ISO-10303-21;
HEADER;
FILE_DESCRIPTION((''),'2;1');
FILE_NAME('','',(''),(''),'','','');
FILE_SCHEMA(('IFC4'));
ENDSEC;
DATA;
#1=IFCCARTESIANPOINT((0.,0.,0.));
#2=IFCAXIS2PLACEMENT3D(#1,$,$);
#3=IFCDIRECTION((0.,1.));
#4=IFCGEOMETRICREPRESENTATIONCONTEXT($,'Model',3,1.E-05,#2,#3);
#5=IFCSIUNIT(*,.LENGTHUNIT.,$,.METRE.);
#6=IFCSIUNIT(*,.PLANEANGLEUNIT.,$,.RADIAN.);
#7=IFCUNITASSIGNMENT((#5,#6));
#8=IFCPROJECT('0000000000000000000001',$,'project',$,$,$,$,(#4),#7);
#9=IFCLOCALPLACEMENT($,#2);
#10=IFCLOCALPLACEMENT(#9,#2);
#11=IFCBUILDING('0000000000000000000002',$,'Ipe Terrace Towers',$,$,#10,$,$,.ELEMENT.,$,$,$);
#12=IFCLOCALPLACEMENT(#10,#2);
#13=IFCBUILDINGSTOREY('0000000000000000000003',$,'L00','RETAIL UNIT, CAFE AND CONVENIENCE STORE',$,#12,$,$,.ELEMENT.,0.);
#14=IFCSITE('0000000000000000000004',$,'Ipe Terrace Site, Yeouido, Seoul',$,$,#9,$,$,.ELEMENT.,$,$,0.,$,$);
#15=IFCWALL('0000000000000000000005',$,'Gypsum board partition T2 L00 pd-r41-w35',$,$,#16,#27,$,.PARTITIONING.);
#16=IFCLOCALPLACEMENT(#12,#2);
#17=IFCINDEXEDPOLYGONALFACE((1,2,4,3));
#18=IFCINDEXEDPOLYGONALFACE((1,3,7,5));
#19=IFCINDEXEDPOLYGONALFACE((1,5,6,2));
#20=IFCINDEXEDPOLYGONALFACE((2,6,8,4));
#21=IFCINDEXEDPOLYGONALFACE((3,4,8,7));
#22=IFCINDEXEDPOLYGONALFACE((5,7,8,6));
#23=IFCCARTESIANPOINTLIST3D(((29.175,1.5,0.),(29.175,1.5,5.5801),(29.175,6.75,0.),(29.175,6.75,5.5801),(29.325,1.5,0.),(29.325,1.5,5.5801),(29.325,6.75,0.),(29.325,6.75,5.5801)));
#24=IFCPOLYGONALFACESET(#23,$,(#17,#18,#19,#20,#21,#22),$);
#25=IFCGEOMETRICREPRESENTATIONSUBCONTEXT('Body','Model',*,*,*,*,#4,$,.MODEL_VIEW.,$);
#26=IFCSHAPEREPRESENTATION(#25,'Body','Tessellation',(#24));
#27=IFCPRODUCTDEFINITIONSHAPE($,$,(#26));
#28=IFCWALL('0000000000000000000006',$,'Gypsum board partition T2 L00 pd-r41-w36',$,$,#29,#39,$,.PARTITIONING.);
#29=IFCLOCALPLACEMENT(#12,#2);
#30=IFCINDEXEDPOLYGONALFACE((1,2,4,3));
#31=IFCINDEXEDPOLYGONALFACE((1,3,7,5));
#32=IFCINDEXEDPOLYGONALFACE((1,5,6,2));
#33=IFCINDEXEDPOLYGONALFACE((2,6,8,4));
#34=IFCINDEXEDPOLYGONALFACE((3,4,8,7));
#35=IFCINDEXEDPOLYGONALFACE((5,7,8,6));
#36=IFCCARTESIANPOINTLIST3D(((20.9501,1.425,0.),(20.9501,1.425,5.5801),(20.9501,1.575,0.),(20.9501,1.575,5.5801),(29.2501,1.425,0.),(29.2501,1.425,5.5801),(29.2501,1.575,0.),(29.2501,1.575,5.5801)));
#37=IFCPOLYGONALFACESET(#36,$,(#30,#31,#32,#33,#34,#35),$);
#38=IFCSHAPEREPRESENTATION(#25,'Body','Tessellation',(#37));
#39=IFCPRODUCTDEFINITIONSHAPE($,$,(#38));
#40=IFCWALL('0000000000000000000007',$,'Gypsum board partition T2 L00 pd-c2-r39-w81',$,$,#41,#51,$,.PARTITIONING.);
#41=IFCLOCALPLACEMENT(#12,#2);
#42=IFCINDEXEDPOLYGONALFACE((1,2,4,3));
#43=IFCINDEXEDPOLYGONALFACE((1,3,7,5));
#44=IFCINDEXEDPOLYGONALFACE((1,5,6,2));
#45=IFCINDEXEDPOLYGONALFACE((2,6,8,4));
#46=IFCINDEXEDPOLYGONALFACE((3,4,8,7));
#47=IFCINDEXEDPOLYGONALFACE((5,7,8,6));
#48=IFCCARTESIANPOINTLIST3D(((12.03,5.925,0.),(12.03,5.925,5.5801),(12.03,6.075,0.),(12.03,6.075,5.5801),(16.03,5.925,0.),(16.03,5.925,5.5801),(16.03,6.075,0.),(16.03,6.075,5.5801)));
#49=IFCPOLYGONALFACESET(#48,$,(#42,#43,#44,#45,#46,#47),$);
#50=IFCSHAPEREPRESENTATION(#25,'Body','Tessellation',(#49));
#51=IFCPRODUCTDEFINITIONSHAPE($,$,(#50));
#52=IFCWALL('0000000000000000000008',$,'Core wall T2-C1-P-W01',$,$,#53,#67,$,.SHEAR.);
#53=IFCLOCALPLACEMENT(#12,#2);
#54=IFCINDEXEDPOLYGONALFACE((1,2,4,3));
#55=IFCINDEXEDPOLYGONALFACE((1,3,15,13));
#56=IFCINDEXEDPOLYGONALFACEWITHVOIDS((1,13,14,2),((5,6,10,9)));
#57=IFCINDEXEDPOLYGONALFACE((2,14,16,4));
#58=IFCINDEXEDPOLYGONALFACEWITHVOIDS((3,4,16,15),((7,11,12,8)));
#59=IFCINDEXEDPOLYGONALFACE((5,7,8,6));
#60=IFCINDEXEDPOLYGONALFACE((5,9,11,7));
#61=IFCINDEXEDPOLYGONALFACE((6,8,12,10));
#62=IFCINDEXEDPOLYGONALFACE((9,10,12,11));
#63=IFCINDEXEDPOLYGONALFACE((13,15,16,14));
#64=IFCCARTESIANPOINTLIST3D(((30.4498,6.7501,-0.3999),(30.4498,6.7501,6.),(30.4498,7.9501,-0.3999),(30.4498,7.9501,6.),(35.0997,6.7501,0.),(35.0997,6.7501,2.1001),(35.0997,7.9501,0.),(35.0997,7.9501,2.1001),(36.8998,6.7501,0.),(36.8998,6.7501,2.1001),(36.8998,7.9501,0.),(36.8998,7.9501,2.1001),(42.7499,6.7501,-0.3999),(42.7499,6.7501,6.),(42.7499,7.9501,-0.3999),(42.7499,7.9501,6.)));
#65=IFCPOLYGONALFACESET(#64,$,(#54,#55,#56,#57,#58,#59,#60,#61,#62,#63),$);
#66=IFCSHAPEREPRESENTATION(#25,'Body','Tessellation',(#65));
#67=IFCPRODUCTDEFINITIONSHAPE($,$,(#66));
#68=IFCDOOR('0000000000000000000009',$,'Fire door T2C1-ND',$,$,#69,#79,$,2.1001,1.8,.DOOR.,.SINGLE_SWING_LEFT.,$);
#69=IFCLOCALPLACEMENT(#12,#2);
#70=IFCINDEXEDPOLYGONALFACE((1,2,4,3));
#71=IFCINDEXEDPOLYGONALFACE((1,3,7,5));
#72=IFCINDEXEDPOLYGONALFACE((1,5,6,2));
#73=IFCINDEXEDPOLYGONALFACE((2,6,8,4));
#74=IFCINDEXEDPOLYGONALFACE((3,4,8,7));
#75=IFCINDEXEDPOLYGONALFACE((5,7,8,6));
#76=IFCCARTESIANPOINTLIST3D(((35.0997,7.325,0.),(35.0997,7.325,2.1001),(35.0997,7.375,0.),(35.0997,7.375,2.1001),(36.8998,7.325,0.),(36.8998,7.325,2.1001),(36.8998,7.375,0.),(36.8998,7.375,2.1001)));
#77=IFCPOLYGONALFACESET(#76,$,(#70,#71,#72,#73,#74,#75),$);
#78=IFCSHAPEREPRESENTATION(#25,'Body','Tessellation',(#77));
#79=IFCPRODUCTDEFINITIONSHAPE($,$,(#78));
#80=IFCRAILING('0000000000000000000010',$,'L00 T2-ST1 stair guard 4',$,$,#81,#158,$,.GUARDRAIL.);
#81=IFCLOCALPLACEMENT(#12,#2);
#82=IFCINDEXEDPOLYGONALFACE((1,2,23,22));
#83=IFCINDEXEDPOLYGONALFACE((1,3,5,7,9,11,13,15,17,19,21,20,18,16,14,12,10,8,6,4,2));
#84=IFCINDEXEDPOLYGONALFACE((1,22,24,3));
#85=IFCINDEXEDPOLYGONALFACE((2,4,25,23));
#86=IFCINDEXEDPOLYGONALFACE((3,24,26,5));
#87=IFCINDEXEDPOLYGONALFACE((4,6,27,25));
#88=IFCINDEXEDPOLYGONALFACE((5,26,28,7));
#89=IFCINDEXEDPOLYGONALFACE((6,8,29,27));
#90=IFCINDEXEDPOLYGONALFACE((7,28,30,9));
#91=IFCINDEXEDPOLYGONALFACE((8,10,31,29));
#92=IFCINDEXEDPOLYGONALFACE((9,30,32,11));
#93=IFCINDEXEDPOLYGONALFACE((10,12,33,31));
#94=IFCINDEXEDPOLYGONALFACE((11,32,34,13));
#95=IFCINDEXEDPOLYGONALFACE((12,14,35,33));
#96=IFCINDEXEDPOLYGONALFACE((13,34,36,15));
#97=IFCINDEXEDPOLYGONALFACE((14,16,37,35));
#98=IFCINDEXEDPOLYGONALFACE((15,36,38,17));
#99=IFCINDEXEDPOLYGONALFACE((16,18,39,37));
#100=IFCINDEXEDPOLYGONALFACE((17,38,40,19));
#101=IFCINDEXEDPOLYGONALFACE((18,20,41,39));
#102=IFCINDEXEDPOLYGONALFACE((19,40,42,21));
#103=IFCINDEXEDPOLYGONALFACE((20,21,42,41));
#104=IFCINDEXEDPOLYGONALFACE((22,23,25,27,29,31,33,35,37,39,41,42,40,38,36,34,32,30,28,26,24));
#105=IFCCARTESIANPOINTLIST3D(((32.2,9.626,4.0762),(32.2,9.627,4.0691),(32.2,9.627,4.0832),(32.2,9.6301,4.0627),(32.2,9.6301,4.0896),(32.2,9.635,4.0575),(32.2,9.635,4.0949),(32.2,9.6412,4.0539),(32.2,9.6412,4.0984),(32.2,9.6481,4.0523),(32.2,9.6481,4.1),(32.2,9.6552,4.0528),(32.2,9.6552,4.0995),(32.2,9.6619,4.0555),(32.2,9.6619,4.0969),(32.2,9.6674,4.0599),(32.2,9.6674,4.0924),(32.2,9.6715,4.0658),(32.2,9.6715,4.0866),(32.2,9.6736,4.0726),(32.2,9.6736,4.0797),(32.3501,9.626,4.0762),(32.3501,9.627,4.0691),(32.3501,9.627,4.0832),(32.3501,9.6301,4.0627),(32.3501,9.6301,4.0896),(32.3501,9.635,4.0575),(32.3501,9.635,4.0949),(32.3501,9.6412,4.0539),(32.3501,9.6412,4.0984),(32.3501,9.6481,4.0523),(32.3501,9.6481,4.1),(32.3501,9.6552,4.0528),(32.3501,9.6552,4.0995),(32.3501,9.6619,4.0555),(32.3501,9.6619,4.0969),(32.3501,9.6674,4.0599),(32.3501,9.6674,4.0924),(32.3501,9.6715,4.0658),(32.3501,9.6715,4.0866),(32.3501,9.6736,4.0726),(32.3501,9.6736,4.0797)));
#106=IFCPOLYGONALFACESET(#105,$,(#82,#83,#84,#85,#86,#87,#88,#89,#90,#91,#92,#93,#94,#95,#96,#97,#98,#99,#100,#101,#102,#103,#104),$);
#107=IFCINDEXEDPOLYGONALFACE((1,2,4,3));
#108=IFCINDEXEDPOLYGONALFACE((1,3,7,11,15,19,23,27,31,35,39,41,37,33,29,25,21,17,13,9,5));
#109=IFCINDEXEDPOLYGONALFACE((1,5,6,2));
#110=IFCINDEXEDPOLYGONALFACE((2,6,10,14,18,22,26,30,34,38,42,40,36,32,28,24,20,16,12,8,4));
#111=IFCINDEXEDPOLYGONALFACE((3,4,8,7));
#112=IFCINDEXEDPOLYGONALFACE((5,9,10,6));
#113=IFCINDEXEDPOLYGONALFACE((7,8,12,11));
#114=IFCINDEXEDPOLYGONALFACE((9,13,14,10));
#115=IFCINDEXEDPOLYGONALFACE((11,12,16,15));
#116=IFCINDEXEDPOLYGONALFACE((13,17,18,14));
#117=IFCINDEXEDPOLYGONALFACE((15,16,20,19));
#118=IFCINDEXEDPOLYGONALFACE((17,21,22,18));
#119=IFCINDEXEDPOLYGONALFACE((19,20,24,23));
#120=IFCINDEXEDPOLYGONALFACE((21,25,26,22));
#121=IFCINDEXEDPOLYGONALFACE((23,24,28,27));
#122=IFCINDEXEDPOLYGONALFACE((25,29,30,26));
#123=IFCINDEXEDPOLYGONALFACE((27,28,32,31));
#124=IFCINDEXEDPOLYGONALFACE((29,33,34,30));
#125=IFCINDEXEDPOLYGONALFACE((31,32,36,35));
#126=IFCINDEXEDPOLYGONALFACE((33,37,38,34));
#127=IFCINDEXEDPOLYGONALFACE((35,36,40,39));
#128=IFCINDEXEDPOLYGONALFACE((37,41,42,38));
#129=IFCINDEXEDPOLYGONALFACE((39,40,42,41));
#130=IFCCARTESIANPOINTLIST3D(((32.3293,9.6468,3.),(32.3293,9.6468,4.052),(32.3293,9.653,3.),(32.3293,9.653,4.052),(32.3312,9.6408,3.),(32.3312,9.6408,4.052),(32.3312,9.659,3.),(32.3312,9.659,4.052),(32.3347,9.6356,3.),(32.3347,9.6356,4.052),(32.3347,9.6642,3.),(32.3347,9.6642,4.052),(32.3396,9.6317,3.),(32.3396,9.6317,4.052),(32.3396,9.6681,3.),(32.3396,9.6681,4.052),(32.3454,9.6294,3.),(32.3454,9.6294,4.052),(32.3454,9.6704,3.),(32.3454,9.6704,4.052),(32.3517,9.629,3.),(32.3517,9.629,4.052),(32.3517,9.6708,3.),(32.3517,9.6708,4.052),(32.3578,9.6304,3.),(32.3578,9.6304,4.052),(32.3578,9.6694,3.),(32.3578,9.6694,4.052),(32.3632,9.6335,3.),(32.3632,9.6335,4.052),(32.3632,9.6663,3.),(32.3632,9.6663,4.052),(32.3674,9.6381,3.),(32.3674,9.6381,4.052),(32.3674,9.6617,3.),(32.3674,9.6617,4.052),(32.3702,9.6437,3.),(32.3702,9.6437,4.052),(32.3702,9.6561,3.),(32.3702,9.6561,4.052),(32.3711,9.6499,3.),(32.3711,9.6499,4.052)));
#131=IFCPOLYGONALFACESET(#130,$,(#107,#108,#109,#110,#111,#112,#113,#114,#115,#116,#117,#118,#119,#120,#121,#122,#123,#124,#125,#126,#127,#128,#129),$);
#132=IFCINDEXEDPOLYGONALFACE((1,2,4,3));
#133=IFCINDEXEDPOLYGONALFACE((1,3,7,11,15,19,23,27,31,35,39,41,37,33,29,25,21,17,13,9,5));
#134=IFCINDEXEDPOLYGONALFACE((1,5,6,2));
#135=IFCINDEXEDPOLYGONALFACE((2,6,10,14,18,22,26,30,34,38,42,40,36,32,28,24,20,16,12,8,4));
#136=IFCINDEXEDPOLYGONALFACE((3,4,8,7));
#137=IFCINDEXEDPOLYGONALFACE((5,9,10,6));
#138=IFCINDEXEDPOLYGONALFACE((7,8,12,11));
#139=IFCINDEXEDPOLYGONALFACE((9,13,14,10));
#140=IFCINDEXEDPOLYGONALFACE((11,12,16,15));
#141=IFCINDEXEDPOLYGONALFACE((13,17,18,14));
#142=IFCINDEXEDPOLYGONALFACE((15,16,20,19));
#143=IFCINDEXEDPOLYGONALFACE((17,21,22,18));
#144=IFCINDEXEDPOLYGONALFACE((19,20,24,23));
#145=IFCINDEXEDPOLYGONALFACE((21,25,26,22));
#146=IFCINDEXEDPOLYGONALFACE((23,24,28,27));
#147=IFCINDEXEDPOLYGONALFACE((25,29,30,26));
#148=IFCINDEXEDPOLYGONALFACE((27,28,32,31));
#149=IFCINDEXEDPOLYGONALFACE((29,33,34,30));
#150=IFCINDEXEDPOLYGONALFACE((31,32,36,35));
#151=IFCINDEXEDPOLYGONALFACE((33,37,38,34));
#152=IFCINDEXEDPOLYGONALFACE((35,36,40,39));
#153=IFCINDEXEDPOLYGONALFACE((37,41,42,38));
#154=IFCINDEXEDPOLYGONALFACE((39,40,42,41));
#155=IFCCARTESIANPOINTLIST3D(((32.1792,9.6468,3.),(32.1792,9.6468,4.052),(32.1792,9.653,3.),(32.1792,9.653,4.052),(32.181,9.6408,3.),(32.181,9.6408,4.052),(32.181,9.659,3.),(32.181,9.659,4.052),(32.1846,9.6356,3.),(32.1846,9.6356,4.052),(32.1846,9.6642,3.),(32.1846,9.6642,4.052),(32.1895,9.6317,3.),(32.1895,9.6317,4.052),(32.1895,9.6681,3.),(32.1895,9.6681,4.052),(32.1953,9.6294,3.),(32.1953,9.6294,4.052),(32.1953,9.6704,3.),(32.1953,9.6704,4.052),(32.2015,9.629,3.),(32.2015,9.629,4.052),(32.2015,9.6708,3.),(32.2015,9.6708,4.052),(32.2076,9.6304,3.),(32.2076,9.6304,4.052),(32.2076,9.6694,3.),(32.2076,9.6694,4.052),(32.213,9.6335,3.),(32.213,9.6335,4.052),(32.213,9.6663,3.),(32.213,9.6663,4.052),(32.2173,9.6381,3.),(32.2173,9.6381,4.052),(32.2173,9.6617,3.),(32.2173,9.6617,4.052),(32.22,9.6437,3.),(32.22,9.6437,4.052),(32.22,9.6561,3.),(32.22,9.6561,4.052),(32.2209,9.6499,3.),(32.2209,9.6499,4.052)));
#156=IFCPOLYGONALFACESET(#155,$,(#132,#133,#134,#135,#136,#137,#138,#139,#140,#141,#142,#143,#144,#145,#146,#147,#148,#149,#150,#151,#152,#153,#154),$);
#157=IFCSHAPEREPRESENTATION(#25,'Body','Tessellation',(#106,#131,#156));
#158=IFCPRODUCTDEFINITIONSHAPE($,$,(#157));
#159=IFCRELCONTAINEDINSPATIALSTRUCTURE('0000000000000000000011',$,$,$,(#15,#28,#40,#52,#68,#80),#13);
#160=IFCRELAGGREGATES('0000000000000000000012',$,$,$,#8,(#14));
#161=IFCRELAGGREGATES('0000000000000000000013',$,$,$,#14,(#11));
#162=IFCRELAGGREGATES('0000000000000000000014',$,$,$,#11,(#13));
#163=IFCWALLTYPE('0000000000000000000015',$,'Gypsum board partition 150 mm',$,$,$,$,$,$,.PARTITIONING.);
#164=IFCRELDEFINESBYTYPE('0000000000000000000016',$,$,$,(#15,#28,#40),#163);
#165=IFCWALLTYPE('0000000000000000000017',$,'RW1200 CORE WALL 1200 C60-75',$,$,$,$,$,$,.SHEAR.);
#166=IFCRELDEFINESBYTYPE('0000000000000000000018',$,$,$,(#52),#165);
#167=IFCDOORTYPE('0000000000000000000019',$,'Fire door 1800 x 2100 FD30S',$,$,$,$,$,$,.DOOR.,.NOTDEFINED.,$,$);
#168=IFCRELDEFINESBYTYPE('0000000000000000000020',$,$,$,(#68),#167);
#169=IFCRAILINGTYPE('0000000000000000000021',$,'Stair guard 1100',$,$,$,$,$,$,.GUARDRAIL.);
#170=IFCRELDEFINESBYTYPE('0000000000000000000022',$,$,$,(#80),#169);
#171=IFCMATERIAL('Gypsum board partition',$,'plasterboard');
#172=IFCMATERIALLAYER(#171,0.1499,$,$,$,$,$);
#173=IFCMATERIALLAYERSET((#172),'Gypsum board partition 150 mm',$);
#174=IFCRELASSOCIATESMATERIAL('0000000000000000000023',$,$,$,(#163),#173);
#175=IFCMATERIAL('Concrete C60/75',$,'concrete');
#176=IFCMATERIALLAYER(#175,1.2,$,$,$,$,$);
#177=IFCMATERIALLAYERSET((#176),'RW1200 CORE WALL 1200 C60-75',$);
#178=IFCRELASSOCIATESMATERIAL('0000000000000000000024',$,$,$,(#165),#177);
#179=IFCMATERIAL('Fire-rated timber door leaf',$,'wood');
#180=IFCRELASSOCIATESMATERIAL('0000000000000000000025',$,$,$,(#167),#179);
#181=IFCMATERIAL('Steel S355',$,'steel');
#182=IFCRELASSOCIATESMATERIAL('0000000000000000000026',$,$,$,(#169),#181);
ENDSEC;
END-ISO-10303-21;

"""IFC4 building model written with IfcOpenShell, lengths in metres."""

from ifc_helpers import new_model, si_unit, direction, frame, frame_2d, origin, origin_2d, place, context, subcontext, project, spatial, rectangle, circle, extrude, material, layer, layer_set, type_object, element, fill, save


model = new_model("IFC4")

# Units and contexts
model_context = context("Model", 3, precision=1e-05, world=origin(), true_north=direction((0.0, 1.0)))
body_context = subcontext(model_context, "Body", "Model", "MODEL_VIEW")
ifc_project = project(units=[si_unit("LENGTHUNIT", "METRE"), si_unit("PLANEANGLEUNIT", "RADIAN")], contexts=[model_context])

# Site, building, storey
site_placement = place(None, origin())
site = spatial("IfcSite", under=ifc_project, at=site_placement, Name="Ipe Terrace Site, Yeouido, Seoul", CompositionType="ELEMENT", RefElevation=0.0)
building_placement = place(site_placement, origin())
building = spatial("IfcBuilding", under=site, at=building_placement, Name="Ipe Terrace Towers", CompositionType="ELEMENT")
storey_placement = place(building_placement, origin())
storey = spatial("IfcBuildingStorey", under=building, at=storey_placement, Name="L00", Description="RETAIL UNIT, CAFE AND CONVENIENCE STORE", CompositionType="ELEMENT", Elevation=0.0)

# Walls
ifc_material_1 = material(Name="Gypsum board partition", Category="plasterboard")
ifc_layer_1 = layer(ifc_material_1, 0.1499)
ifc_layer_set_1 = layer_set([ifc_layer_1], Name="Gypsum board partition 150 mm")
wall_type_1 = type_object("IfcWallType", Name="Gypsum board partition 150 mm", PredefinedType="PARTITIONING", material=ifc_layer_set_1)
wall_1_placement = place(storey_placement, frame((29.25, 6.75, 0.0), z_axis=(0.0, 0.0, 1.0), x_axis=(0.0, -1.0, 0.0)))
element("IfcWall", 1, at=wall_1_placement, inside=storey, type_object=wall_type_1, Name="Gypsum board partition T2 L00 pd-r41-w35", PredefinedType="PARTITIONING", context=body_context, shape_type="SweptSolid", body=[
    extrude(rectangle(XDim=5.25, YDim=0.1499, at=frame_2d((2.625, 0.0))), origin(), (0.0, 0.0, 1.0), 5.5801),
])
wall_2_placement = place(storey_placement, frame((29.25, 1.5, 0.0), z_axis=(0.0, 0.0, 1.0), x_axis=(-1.0, 0.0, 0.0)))
element("IfcWall", 2, at=wall_2_placement, inside=storey, type_object=wall_type_1, Name="Gypsum board partition T2 L00 pd-r41-w36", PredefinedType="PARTITIONING", context=body_context, shape_type="SweptSolid", body=[
    extrude(rectangle(XDim=8.3, YDim=0.1499, at=frame_2d((4.1499, 0.0))), origin(), (0.0, 0.0, 1.0), 5.5801),
])
wall_3_placement = place(storey_placement, frame((16.03, 6.0, 0.0), z_axis=(0.0, 0.0, 1.0), x_axis=(-1.0, 0.0, 0.0)))
element("IfcWall", 3, at=wall_3_placement, inside=storey, type_object=wall_type_1, Name="Gypsum board partition T2 L00 pd-c2-r39-w81", PredefinedType="PARTITIONING", context=body_context, shape_type="SweptSolid", body=[
    extrude(rectangle(XDim=4.0, YDim=0.1499, at=frame_2d((2.0, 0.0))), origin(), (0.0, 0.0, 1.0), 5.5801),
])

# Wall, opening, door
ifc_material_2 = material(Name="Concrete C60/75", Category="concrete")
ifc_layer_2 = layer(ifc_material_2, 1.2)
ifc_layer_set_2 = layer_set([ifc_layer_2], Name="RW1200 CORE WALL 1200 C60-75")
wall_type_2 = type_object("IfcWallType", Name="RW1200 CORE WALL 1200 C60-75", PredefinedType="SHEAR", material=ifc_layer_set_2)
wall_4_placement = place(storey_placement, frame((30.45, 7.3501, -0.3999), z_axis=(0.0, 0.0, 1.0), x_axis=(1.0, 0.0, 0.0)))
wall_4 = element("IfcWall", 4, at=wall_4_placement, inside=storey, type_object=wall_type_2, Name="Core wall T2-C1-P-W01", PredefinedType="SHEAR", context=body_context, shape_type="SweptSolid", body=[
    extrude(rectangle(XDim=12.3, YDim=1.2, at=frame_2d((6.1499, 0.0))), origin(), (0.0, 0.0, 1.0), 6.3999),
])
opening_placement = place(wall_4_placement, frame((4.6499, 0.0, 0.3999)))
opening = element("IfcOpeningElement", 5, at=opening_placement, cuts=wall_4, PredefinedType="OPENING", context=body_context, shape_type="SweptSolid", body=[
    extrude(rectangle(XDim=1.8, YDim=2.1001, at=frame_2d((0.8999, 1.05))), frame((0.0, 0.6099, 0.0), z_axis=(0.0, -1.0, 0.0), x_axis=(1.0, 0.0, 0.0)), (0.0, 0.0, 1.0), 1.22),
])
ifc_material_3 = material(Name="Fire-rated timber door leaf", Category="wood")
door_type = type_object("IfcDoorType", Name="Fire door 1800 x 2100 FD30S", OperationType="NOTDEFINED", PredefinedType="DOOR", material=ifc_material_3)
door_placement = place(opening_placement, origin())
door = element("IfcDoor", 6, at=door_placement, inside=storey, type_object=door_type, Name="Fire door T2C1-ND", OperationType="SINGLE_SWING_LEFT", OverallHeight=2.1001, OverallWidth=1.8, PredefinedType="DOOR", context=body_context, shape_type="SweptSolid", body=[
    extrude(rectangle(XDim=1.8, YDim=2.1001, at=frame_2d((0.8999, 1.05))), frame((0.0, 0.0249, 0.0), z_axis=(0.0, -1.0, 0.0), x_axis=(1.0, 0.0, 0.0)), (0.0, 0.0, 1.0), 0.05),
])
fill(opening, door)

# Railing
ifc_material_4 = material(Name="Steel S355", Category="steel")
railing_type = type_object("IfcRailingType", Name="Stair guard 1100", PredefinedType="GUARDRAIL", material=ifc_material_4)
for number, where, name in (
    (7, (32.3501, 9.6499, 3.0), "L00 T2-ST1 stair guard 4"),
):
    element("IfcRailing", number, at=place(storey_placement, frame(where)), inside=storey, type_object=railing_type, Name=name, PredefinedType="GUARDRAIL", context=body_context, shape_type="SweptSolid", body=[
        extrude(circle(Radius=0.0239, at=origin_2d()), frame((0.0, 0.0, 1.0762), z_axis=(-1.0, 0.0, 0.0), x_axis=(0.0, -1.0, 0.0)), (0.0, 0.0, 1.0), 0.1501),
        extrude(circle(Radius=0.021, at=origin_2d()), origin(), (0.0, 0.0, 1.0), 1.052),
        extrude(circle(Radius=0.021, at=origin_2d()), frame((-0.1501, 0.0, 0.0)), (0.0, 0.0, 1.0), 1.052),
    ])

save(model, "model.ifc")
